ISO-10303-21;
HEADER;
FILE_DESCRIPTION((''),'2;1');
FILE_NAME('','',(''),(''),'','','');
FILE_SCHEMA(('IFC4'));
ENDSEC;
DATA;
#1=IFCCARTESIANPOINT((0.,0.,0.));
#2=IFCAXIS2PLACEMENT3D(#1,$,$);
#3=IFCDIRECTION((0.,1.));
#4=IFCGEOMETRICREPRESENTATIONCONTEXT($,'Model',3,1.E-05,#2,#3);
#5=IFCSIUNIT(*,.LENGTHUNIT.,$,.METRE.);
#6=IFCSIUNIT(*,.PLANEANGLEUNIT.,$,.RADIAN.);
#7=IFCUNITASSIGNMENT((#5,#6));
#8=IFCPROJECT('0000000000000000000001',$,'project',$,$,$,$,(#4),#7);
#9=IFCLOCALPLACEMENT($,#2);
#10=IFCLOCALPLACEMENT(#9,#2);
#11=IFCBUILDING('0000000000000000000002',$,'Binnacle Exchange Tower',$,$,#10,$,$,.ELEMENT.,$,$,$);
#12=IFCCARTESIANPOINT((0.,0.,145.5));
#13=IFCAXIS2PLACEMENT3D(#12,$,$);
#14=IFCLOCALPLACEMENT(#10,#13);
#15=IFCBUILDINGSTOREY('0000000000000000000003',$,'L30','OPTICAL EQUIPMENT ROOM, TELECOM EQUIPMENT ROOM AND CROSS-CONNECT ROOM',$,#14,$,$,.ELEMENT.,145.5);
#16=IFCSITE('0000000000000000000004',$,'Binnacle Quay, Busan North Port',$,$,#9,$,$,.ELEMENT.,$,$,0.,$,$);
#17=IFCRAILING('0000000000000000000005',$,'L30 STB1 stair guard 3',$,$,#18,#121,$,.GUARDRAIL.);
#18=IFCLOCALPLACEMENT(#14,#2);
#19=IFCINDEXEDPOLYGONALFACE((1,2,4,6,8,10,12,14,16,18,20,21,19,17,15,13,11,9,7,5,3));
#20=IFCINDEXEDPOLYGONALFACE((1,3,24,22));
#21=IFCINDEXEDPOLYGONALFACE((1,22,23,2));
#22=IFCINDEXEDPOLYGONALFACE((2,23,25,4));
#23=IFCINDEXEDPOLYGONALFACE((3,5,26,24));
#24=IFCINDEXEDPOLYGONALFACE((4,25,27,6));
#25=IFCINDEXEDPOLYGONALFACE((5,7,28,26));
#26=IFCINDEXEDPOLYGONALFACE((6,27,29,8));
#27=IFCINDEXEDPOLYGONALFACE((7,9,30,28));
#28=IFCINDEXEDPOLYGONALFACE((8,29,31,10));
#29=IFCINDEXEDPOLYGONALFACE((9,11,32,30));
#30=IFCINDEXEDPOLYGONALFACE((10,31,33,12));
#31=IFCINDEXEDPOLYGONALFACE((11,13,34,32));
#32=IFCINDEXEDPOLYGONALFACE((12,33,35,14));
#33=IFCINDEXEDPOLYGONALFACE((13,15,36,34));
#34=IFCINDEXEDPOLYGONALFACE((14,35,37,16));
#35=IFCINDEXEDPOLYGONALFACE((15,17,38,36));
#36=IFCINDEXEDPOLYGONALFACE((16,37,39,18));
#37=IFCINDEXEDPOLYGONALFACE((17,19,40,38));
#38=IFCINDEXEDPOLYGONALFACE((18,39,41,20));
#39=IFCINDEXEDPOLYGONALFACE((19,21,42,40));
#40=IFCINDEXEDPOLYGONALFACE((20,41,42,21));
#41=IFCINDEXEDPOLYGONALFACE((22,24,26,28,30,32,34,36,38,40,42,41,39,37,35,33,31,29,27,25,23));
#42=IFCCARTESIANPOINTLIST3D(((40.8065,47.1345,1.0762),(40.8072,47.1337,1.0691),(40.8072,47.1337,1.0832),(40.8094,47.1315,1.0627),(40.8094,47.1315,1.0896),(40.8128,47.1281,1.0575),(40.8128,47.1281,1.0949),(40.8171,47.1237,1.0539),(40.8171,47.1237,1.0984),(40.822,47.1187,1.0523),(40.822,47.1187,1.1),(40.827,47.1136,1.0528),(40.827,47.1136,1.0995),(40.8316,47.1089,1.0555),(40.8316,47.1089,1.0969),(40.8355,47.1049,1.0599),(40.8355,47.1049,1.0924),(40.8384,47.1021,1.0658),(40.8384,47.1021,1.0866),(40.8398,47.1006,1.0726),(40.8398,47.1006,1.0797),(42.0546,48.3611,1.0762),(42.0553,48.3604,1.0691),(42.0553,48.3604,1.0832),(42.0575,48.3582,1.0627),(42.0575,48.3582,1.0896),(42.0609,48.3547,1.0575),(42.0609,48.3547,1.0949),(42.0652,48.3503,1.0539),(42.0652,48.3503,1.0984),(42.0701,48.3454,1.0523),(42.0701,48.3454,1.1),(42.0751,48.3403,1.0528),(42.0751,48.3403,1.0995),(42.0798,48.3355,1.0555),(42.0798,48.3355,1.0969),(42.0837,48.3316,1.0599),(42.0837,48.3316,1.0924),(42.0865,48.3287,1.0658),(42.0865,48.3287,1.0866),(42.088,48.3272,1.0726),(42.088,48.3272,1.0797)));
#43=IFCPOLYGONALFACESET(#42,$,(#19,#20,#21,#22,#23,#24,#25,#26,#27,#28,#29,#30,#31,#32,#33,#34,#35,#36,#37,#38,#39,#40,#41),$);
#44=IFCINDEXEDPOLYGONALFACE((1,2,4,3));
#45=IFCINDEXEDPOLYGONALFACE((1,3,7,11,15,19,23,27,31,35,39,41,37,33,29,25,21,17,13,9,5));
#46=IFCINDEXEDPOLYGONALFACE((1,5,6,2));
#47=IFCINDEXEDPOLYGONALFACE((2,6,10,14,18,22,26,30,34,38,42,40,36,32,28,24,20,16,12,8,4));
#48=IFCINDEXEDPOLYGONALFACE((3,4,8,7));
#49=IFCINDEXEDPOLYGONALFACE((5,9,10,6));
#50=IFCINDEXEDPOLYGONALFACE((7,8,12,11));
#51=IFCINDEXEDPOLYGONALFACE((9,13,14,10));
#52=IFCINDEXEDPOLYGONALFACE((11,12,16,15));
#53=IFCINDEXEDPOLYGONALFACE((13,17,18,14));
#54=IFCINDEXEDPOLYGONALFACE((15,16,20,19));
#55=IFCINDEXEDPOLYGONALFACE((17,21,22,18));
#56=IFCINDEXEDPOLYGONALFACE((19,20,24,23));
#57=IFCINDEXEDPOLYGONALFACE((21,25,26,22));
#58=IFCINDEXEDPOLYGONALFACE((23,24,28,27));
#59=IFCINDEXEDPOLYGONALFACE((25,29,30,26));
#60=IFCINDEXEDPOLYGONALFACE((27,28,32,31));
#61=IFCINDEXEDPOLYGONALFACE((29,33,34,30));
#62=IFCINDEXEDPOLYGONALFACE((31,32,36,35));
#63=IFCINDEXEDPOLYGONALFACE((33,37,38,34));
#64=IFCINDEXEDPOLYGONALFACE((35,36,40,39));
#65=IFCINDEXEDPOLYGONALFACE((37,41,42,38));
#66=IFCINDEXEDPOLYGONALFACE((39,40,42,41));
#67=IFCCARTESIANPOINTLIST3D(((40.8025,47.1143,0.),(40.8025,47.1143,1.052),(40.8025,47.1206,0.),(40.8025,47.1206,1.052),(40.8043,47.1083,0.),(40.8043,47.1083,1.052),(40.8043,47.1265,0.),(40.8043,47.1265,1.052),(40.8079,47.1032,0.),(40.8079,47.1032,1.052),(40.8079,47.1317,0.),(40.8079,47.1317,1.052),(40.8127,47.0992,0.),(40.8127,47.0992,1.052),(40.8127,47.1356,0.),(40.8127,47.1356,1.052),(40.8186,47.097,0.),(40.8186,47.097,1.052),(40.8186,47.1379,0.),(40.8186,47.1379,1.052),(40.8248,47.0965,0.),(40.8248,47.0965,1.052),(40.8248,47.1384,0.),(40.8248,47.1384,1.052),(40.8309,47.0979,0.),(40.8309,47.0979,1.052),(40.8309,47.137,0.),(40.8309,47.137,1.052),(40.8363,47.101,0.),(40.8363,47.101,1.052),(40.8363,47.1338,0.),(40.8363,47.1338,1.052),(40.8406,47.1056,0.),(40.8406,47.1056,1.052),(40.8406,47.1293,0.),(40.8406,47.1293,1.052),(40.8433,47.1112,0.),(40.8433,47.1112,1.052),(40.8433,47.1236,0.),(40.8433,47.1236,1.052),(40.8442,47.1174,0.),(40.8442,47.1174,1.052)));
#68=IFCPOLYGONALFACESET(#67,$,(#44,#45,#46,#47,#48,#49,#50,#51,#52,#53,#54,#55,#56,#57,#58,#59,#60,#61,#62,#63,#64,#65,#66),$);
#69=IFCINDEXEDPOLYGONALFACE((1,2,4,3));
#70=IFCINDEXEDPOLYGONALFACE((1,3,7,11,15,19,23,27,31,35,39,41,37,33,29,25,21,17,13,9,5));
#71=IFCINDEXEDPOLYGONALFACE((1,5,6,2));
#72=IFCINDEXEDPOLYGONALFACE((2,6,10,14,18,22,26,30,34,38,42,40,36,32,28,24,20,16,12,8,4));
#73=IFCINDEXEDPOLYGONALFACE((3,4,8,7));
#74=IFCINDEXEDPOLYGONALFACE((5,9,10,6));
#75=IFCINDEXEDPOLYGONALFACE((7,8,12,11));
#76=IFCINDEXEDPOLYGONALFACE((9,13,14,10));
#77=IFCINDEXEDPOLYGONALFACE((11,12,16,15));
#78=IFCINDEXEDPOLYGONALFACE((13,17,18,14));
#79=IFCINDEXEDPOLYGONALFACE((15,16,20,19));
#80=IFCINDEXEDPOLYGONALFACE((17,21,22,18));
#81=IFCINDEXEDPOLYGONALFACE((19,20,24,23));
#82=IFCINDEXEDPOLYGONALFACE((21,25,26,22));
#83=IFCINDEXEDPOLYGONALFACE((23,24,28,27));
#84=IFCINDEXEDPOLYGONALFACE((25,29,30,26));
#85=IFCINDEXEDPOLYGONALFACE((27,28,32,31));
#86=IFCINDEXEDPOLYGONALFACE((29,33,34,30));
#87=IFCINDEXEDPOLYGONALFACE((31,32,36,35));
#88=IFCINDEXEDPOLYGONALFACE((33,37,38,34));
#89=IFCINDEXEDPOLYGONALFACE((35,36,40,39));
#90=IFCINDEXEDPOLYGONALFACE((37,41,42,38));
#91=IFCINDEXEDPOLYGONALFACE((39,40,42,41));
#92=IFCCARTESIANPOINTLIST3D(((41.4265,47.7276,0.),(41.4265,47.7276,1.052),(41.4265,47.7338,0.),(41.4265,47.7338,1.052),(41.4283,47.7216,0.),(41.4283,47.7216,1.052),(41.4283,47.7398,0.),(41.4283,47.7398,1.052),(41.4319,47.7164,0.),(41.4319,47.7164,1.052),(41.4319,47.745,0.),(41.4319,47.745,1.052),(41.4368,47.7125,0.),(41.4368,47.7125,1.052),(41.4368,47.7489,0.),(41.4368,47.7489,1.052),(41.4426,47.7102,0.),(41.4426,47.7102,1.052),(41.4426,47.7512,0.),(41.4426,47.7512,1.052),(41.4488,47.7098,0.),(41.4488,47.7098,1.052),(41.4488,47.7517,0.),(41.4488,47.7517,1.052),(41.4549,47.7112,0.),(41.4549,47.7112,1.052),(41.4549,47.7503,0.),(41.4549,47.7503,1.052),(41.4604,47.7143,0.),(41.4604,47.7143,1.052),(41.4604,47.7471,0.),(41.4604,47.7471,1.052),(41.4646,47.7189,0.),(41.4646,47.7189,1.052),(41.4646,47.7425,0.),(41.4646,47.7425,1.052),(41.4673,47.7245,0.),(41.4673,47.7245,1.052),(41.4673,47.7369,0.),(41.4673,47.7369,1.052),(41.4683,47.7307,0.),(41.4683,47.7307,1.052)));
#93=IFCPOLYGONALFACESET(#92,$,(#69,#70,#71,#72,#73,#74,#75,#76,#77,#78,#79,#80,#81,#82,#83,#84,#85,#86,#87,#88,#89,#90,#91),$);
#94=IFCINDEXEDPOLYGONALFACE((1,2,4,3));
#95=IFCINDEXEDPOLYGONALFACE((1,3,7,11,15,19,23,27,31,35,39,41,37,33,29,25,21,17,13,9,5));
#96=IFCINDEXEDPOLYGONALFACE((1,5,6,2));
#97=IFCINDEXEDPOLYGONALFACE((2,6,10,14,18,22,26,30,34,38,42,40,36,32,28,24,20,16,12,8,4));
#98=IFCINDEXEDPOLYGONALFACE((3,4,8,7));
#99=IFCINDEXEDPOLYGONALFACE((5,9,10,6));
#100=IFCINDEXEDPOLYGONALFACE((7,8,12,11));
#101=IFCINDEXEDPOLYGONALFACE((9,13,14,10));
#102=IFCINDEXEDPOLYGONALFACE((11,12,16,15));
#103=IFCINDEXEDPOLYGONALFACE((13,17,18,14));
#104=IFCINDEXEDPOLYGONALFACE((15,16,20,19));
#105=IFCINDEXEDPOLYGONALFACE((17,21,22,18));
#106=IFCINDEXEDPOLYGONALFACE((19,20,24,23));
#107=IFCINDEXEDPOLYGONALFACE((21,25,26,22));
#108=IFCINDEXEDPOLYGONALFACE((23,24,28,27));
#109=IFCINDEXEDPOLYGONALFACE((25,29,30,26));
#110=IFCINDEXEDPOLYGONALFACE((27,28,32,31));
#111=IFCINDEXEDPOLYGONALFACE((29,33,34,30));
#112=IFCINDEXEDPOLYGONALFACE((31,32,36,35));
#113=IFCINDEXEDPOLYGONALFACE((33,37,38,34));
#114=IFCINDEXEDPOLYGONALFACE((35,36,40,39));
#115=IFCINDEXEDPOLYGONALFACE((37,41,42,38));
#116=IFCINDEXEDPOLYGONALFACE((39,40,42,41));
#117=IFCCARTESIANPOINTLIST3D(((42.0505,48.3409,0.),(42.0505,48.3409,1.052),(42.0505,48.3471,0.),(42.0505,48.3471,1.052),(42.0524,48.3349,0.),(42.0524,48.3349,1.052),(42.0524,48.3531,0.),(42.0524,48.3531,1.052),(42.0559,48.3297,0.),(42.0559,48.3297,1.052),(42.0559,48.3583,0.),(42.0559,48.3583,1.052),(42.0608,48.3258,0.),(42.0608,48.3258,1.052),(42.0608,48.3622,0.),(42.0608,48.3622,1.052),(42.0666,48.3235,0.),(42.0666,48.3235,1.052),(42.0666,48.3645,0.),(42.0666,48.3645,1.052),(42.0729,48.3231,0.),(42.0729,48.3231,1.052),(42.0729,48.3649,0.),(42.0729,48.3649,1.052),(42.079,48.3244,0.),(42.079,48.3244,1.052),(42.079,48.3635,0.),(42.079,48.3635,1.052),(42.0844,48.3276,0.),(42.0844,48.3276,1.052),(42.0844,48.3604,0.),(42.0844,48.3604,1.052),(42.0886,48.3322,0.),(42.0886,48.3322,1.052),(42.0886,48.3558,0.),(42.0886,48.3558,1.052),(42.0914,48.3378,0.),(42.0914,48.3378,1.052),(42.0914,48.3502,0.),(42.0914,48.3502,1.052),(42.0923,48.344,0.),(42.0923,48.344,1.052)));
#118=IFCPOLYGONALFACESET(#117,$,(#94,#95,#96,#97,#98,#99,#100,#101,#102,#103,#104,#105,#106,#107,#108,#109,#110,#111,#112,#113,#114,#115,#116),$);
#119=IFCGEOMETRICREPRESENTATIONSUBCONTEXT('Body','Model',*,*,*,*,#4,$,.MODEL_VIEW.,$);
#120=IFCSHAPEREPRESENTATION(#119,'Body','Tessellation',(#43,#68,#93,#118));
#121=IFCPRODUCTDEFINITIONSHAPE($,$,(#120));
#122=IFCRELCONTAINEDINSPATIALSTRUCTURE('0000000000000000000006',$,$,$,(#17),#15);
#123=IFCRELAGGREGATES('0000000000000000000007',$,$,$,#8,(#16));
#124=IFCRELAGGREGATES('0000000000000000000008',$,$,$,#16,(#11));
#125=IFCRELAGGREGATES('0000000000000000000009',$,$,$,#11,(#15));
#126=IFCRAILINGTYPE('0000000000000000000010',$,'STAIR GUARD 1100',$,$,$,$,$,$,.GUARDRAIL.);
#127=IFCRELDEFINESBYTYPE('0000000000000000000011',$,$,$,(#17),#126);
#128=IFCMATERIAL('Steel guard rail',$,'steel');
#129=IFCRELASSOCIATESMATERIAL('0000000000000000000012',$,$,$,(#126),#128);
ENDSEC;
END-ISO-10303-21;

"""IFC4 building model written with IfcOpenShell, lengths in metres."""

from ifc_helpers import new_model, si_unit, direction, frame, origin, origin_2d, place, context, subcontext, project, spatial, circle, extrude, material, type_object, element, save


model = new_model("IFC4")

# Units and contexts
model_context = context("Model", 3, precision=1e-05, world=origin(), true_north=direction((0.0, 1.0)))
body_context = subcontext(model_context, "Body", "Model", "MODEL_VIEW")
ifc_project = project(units=[si_unit("LENGTHUNIT", "METRE"), si_unit("PLANEANGLEUNIT", "RADIAN")], contexts=[model_context])

# Site, building, storey
site_placement = place(None, origin())
site = spatial("IfcSite", under=ifc_project, at=site_placement, Name="Binnacle Quay, Busan North Port", CompositionType="ELEMENT", RefElevation=0.0)
building_placement = place(site_placement, origin())
building = spatial("IfcBuilding", under=site, at=building_placement, Name="Binnacle Exchange Tower", CompositionType="ELEMENT")
storey_placement = place(building_placement, frame((0.0, 0.0, 145.5)))
storey = spatial("IfcBuildingStorey", under=building, at=storey_placement, Name="L30", Description="OPTICAL EQUIPMENT ROOM, TELECOM EQUIPMENT ROOM AND CROSS-CONNECT ROOM", CompositionType="ELEMENT", Elevation=145.5)

# Railing
ifc_material_1 = material(Name="Steel guard rail", Category="steel")
railing_type_1 = type_object("IfcRailingType", Name="STAIR GUARD 1100", PredefinedType="GUARDRAIL", material=ifc_material_1)
railing_1_placement = place(storey_placement, frame((40.8232, 47.1174, 0.0)))
element("IfcRailing", 1, at=railing_1_placement, inside=storey, type_object=railing_type_1, Name="L30 STB1 stair guard 3", PredefinedType="GUARDRAIL", context=body_context, shape_type="SweptSolid", body=[
    extrude(circle(Radius=0.0239, at=origin_2d()), frame((0.0, 0.0, 1.0762), z_axis=(0.713219, 0.700941, 0.0), x_axis=(-0.700941, 0.713219, 0.0)), (0.0, 0.0, 1.0), 1.75),
    extrude(circle(Radius=0.021, at=origin_2d()), origin(), (0.0, 0.0, 1.0), 1.052),
    extrude(circle(Radius=0.021, at=origin_2d()), frame((0.624, 0.6133, 0.0)), (0.0, 0.0, 1.0), 1.052),
    extrude(circle(Radius=0.021, at=origin_2d()), frame((1.248, 1.2266, 0.0)), (0.0, 0.0, 1.0), 1.052),
])

save(model, "model.ifc")
